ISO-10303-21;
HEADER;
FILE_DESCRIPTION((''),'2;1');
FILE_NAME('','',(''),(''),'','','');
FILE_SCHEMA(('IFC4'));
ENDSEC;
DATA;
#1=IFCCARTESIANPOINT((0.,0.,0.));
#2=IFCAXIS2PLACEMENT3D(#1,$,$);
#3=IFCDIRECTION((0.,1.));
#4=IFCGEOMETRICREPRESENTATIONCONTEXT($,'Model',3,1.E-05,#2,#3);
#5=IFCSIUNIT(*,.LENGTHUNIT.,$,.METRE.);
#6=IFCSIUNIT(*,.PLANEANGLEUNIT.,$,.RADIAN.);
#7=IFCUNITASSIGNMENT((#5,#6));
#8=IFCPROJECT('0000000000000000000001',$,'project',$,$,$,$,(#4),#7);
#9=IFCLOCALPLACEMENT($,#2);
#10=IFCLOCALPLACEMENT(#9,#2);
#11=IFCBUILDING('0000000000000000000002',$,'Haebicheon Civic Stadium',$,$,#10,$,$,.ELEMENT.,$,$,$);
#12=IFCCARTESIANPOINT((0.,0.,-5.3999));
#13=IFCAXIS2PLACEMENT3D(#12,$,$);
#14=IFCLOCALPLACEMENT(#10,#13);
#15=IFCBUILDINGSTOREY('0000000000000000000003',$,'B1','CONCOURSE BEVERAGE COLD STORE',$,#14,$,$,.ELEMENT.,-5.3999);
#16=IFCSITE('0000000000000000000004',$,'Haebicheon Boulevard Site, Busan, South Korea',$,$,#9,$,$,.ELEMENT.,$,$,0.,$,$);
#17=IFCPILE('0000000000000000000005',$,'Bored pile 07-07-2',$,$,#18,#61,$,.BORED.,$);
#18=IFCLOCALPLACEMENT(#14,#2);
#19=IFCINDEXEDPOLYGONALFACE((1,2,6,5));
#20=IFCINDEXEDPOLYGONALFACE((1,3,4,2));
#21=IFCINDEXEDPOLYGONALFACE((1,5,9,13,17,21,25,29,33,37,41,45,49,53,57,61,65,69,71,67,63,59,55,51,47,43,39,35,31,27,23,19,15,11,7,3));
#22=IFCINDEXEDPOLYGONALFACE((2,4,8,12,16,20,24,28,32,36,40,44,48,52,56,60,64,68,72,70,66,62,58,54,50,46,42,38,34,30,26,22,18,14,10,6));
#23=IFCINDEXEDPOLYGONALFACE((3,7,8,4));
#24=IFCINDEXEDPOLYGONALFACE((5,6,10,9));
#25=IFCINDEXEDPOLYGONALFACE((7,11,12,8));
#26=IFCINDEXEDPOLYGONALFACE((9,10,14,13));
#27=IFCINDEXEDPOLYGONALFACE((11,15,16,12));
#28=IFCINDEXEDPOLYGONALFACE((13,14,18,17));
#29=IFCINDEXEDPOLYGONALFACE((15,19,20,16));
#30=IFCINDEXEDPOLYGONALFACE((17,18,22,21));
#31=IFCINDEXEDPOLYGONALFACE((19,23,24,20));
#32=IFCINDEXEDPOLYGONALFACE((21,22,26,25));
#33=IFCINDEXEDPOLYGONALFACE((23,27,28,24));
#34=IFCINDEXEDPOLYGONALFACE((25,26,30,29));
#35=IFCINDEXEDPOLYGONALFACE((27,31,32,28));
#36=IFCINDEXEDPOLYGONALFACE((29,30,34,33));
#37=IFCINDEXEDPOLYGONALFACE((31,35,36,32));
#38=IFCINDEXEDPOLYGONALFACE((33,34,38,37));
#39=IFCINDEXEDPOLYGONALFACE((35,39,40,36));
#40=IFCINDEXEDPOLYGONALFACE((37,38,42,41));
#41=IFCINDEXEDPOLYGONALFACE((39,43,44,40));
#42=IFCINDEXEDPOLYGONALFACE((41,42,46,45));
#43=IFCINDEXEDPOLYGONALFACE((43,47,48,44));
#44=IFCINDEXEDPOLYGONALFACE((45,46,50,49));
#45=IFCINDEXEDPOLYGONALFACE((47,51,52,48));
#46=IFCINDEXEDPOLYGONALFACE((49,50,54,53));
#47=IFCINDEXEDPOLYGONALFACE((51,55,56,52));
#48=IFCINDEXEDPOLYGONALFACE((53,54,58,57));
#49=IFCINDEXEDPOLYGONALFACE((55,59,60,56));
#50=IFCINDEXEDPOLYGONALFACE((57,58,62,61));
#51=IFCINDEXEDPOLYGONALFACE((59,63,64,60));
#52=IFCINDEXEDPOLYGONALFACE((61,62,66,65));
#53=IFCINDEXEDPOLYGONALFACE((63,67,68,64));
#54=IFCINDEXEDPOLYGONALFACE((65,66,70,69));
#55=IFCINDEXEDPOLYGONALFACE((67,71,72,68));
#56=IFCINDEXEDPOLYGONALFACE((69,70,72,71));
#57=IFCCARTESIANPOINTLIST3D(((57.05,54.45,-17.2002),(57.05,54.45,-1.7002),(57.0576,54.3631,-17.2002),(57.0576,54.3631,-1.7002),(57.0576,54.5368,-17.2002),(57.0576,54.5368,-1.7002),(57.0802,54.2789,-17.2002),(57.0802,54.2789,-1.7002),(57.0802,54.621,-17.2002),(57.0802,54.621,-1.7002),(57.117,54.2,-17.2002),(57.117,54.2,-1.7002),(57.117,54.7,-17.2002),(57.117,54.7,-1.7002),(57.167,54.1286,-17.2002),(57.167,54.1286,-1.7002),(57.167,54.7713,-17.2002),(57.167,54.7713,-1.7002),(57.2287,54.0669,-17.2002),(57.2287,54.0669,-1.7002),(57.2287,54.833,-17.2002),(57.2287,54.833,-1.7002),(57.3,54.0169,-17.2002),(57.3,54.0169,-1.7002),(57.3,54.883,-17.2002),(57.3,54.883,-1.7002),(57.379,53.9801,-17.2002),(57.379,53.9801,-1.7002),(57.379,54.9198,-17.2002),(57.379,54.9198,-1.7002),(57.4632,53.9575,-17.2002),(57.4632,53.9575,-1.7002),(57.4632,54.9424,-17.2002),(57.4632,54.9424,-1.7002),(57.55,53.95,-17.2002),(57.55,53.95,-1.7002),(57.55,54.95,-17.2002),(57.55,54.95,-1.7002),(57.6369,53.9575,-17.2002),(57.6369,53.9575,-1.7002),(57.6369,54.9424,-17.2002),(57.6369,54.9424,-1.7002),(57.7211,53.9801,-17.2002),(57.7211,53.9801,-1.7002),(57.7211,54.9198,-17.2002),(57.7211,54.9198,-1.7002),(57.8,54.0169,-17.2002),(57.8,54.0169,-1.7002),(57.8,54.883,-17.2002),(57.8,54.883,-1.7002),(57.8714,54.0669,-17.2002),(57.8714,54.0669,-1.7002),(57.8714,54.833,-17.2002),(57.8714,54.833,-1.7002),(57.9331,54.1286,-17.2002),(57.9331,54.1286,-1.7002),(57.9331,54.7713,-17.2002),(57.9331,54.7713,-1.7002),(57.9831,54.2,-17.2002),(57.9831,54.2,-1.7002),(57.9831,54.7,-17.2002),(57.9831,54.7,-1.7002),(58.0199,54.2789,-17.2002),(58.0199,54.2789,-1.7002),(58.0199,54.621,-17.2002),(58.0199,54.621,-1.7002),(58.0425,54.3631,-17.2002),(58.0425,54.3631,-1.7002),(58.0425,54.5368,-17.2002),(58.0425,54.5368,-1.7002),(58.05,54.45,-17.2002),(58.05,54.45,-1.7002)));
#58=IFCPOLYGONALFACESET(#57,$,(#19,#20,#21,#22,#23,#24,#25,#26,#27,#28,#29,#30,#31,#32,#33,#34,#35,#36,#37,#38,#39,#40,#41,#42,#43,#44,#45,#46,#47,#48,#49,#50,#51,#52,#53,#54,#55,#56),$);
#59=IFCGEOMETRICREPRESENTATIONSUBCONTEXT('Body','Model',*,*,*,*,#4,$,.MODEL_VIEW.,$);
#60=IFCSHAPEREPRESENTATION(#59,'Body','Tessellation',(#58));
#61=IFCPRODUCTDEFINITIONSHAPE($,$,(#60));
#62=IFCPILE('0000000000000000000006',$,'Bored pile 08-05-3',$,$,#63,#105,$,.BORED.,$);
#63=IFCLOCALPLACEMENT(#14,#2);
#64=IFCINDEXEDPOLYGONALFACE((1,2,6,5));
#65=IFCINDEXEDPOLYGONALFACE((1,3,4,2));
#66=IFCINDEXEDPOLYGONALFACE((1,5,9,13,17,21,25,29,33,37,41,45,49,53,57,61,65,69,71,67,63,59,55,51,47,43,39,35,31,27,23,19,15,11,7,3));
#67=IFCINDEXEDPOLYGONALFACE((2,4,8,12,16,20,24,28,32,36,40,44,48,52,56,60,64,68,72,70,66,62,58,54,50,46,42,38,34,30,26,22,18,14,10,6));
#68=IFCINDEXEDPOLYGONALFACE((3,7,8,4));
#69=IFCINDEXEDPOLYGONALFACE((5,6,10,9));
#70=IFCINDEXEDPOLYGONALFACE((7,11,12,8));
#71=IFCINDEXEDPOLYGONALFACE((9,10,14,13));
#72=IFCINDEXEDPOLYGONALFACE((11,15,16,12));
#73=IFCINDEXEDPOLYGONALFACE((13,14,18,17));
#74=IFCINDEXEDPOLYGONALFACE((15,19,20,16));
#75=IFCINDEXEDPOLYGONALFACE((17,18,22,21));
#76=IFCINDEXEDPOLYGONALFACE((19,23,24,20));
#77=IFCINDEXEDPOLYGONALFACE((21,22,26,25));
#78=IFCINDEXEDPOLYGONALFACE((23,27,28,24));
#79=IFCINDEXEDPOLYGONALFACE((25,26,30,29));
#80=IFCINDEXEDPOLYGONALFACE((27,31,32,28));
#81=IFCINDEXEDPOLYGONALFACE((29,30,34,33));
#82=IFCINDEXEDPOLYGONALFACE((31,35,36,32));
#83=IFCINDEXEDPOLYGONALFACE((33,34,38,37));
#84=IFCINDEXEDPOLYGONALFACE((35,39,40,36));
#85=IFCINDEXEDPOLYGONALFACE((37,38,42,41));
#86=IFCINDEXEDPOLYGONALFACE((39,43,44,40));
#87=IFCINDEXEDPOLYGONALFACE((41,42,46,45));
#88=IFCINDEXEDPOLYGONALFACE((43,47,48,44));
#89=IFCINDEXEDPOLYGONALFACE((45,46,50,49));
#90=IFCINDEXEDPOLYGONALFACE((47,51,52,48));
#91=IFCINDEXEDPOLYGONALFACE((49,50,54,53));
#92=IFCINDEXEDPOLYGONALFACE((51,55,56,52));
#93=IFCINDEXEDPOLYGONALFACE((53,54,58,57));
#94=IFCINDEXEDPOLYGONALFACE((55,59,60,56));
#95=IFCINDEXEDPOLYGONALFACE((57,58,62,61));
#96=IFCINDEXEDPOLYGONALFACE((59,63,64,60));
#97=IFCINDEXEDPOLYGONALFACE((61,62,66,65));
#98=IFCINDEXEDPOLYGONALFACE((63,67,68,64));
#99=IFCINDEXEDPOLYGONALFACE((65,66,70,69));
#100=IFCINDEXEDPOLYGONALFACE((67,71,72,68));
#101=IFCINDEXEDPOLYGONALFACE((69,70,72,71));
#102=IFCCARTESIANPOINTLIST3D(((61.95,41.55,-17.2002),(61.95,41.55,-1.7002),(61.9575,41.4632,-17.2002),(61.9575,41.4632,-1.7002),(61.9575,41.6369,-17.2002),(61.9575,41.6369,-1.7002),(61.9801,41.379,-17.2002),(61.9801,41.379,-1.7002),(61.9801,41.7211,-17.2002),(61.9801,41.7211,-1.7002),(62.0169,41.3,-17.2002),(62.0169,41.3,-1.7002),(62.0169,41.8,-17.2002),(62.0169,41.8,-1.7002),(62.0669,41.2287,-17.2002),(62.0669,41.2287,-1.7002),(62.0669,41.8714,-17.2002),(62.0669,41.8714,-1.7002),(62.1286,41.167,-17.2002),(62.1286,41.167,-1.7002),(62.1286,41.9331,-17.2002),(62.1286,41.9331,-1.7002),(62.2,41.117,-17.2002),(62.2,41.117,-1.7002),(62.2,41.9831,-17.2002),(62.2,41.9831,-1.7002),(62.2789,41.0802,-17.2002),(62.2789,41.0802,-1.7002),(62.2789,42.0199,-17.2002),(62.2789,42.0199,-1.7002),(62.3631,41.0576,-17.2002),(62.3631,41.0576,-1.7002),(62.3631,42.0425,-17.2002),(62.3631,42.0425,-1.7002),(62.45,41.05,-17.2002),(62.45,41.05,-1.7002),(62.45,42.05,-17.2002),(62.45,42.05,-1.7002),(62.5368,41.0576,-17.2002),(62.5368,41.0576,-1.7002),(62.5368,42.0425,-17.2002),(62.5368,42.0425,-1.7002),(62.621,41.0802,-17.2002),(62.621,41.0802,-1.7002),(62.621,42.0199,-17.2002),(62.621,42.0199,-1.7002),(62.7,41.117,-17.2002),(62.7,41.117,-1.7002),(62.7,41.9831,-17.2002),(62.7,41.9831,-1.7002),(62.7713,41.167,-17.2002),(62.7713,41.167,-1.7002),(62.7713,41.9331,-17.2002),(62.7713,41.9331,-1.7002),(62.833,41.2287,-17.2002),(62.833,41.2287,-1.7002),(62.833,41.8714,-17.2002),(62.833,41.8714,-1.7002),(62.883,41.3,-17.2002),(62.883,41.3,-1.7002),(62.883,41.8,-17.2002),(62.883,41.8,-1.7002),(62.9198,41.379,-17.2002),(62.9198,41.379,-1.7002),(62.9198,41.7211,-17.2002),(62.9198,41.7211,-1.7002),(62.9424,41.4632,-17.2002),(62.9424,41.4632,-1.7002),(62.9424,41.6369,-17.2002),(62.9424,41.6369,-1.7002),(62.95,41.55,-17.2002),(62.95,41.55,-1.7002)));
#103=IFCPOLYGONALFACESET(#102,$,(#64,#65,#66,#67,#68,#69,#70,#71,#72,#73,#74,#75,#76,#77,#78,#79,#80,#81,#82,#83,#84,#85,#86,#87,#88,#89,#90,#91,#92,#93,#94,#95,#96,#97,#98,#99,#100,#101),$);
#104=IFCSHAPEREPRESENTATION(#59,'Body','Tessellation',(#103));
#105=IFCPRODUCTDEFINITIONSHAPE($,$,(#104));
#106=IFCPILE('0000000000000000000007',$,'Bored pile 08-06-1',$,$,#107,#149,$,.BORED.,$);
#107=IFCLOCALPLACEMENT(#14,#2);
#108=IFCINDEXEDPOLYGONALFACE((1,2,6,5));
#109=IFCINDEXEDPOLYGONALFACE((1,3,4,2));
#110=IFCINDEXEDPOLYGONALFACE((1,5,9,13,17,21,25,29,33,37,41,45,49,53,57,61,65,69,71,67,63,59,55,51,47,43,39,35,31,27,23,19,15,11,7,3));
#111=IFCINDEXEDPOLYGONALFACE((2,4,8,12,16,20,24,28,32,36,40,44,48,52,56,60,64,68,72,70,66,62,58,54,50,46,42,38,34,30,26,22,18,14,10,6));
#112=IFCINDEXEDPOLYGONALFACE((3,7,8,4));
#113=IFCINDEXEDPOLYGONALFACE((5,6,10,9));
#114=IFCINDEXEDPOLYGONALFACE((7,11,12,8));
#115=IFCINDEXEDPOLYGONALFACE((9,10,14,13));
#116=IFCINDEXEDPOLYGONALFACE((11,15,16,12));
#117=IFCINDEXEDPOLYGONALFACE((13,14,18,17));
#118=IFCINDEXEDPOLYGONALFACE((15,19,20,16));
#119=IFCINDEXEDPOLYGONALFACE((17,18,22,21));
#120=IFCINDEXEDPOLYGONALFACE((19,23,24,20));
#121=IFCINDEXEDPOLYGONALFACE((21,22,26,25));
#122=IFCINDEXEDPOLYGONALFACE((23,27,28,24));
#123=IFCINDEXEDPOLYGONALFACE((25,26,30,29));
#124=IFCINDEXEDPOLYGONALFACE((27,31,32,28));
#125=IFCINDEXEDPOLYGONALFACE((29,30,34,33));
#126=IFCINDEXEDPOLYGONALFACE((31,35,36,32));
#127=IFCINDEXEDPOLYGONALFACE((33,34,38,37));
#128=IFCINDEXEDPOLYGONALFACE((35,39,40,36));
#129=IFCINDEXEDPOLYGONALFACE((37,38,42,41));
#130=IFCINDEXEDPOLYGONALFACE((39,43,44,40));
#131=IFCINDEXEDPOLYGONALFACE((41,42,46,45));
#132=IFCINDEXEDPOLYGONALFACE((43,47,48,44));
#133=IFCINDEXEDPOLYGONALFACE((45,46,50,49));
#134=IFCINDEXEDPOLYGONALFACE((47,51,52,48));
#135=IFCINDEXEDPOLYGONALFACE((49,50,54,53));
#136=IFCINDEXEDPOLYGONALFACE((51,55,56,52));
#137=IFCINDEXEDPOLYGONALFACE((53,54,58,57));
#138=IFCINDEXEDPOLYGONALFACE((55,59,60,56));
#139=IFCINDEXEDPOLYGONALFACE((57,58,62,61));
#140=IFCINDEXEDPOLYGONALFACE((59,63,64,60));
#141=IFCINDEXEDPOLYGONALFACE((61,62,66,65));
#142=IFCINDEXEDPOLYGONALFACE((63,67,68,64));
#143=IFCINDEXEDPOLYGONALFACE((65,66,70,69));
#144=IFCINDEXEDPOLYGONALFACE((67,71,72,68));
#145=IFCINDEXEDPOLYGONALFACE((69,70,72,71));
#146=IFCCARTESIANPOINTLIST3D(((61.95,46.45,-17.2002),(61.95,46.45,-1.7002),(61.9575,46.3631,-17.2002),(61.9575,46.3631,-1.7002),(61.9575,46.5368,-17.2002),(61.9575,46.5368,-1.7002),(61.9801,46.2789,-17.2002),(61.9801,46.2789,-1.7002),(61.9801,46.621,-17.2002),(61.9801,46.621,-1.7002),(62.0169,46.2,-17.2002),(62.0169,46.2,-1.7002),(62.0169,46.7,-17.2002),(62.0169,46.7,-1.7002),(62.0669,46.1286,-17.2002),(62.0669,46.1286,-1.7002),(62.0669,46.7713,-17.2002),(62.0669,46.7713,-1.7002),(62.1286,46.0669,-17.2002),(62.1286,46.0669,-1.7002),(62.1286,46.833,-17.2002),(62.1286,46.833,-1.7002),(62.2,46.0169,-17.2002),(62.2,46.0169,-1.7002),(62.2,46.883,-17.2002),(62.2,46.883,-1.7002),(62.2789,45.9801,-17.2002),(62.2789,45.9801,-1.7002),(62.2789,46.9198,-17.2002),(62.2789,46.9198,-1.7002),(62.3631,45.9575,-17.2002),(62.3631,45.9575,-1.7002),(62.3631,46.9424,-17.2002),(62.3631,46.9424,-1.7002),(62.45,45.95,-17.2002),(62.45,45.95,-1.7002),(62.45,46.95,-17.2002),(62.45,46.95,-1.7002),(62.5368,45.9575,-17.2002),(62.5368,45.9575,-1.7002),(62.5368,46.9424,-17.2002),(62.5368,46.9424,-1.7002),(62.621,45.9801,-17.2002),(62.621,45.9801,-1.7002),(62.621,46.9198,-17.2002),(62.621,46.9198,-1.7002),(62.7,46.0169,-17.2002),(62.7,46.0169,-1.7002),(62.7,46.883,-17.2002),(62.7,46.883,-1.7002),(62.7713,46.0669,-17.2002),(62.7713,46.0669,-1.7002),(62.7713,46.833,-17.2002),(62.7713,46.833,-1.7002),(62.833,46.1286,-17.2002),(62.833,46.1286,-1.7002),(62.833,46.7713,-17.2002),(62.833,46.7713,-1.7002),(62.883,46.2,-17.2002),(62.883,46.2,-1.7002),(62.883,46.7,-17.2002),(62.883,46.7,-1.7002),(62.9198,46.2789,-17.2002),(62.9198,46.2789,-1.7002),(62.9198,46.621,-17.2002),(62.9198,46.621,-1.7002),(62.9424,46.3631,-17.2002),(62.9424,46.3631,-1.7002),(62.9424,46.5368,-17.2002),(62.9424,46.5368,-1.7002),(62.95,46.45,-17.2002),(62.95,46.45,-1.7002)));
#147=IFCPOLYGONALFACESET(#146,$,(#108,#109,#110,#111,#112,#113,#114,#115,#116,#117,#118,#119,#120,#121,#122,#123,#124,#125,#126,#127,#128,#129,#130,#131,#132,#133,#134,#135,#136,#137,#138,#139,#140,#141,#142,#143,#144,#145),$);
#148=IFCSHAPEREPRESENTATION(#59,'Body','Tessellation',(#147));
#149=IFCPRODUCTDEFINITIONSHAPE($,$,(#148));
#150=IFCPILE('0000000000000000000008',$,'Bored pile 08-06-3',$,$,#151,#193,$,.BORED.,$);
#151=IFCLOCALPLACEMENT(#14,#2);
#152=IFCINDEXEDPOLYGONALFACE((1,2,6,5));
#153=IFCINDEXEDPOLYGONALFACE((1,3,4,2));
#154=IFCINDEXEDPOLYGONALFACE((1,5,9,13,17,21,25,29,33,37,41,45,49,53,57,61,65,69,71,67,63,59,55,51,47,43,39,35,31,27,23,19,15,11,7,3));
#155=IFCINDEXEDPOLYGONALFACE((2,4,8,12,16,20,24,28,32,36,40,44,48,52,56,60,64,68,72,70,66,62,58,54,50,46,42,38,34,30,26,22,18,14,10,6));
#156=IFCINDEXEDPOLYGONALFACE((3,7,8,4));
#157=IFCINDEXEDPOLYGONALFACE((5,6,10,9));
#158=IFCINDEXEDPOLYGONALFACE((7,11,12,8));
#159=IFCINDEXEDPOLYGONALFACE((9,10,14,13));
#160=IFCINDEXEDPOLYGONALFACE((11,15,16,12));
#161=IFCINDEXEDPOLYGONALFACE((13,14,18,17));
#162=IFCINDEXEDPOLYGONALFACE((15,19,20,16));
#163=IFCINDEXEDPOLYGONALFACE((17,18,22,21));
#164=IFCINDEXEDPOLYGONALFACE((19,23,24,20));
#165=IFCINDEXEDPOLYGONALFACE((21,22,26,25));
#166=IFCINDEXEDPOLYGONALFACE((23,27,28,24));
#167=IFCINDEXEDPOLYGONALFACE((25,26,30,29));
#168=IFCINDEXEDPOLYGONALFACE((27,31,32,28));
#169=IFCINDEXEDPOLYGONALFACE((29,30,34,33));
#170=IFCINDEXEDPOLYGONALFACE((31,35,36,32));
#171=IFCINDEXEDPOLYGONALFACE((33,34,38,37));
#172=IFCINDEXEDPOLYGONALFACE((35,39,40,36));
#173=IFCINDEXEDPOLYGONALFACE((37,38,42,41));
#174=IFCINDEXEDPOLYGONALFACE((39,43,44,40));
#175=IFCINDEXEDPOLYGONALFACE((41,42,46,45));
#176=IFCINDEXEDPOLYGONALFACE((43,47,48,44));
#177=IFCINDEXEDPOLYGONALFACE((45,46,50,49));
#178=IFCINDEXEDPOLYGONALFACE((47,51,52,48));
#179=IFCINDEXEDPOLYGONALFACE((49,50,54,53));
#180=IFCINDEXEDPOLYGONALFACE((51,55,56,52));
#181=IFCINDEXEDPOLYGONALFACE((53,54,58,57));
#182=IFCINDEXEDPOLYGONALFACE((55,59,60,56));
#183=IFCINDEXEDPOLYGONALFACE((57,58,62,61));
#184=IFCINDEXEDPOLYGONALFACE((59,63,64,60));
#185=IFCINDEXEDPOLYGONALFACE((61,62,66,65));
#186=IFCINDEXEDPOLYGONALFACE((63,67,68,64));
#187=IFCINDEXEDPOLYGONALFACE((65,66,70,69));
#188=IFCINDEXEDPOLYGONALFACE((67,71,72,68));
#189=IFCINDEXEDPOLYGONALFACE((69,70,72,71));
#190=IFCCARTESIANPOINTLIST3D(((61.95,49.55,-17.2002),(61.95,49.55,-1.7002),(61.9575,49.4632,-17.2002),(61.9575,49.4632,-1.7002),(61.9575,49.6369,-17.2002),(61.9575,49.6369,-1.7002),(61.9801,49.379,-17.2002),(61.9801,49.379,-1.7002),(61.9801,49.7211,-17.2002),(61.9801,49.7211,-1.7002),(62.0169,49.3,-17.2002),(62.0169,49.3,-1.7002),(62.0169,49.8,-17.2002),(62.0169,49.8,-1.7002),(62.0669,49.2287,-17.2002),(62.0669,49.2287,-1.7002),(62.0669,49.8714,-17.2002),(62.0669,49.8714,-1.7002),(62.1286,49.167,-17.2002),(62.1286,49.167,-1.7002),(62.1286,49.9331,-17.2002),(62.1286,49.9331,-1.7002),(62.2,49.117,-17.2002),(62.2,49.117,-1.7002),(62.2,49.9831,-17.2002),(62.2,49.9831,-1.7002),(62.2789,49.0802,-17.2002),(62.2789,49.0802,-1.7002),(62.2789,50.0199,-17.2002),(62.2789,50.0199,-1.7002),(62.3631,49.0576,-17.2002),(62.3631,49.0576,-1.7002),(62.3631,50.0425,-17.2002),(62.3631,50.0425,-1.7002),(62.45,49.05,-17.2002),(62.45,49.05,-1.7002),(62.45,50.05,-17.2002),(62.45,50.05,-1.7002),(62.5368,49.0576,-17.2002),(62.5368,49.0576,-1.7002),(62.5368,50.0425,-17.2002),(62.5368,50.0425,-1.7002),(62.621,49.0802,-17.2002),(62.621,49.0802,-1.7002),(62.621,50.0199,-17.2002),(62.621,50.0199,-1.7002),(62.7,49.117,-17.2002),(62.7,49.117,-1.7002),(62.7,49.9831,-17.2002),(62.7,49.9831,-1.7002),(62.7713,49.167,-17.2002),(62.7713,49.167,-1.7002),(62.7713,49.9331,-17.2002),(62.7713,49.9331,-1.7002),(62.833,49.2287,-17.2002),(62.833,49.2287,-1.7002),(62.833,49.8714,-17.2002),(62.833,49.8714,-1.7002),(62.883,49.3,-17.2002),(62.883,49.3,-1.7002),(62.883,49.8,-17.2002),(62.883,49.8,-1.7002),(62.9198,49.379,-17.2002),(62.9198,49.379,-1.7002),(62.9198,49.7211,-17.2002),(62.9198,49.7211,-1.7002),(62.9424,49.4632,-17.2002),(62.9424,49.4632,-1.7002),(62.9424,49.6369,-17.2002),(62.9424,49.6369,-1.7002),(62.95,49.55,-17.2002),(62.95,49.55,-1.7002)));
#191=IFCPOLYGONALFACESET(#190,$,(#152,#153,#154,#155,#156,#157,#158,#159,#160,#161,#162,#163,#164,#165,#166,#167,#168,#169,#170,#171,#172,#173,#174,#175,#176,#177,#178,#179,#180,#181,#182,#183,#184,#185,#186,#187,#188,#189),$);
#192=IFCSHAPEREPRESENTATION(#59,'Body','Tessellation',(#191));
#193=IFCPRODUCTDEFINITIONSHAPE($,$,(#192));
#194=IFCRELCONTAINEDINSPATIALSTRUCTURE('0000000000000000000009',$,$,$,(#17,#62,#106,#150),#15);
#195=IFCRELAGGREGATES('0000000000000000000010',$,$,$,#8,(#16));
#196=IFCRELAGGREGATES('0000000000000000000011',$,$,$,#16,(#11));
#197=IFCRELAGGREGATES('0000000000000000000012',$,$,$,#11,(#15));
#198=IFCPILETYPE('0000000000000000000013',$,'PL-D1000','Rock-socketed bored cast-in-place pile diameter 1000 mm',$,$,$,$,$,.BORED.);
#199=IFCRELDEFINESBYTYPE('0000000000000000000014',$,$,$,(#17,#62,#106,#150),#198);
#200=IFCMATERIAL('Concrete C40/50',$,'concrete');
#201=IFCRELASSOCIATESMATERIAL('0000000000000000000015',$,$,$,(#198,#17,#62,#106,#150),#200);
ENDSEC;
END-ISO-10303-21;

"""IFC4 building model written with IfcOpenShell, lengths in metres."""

from ifc_helpers import new_model, si_unit, direction, frame, origin, origin_2d, place, context, subcontext, project, spatial, circle, extrude, material, material_profile, profile_set, type_object, element, save


model = new_model("IFC4")

# Units and contexts
model_context = context("Model", 3, precision=1e-05, world=origin(), true_north=direction((0.0, 1.0)))
body_context = subcontext(model_context, "Body", "Model", "MODEL_VIEW")
ifc_project = project(units=[si_unit("LENGTHUNIT", "METRE"), si_unit("PLANEANGLEUNIT", "RADIAN")], contexts=[model_context])

# Site, building, storey
site_placement = place(None, origin())
site = spatial("IfcSite", under=ifc_project, at=site_placement, Name="Haebicheon Boulevard Site, Busan, South Korea", CompositionType="ELEMENT", RefElevation=0.0)
building_placement = place(site_placement, origin())
building = spatial("IfcBuilding", under=site, at=building_placement, Name="Haebicheon Civic Stadium", CompositionType="ELEMENT")
storey_placement = place(building_placement, frame((0.0, 0.0, -5.3999)))
storey = spatial("IfcBuildingStorey", under=building, at=storey_placement, Name="B1", Description="CONCOURSE BEVERAGE COLD STORE", CompositionType="ELEMENT", Elevation=-5.3999)

# Piles
ifc_material_1 = material(Name="Concrete C40/50", Category="concrete")
ifc_material_profile_1 = material_profile(ifc_material_1, circle(Radius=0.5, at=origin_2d()), Name="PILE-D1000")
ifc_profile_set_1 = profile_set([ifc_material_profile_1], Name="Concrete C40/50")
pile_type = type_object("IfcPileType", Name="PL-D1000", Description="Rock-socketed bored cast-in-place pile diameter 1000 mm", PredefinedType="BORED", material=ifc_profile_set_1)
for number, where, z_axis, x_axis, name in (
    (1, (57.55, 54.45, -1.7002), (0.0, 0.0, -1.0), (1.0, 0.0, 0.0), "Bored pile 07-07-2"),
    (2, (62.45, 41.55, -1.7002), (0.0, 0.0, -1.0), (1.0, 0.0, 0.0), "Bored pile 08-05-3"),
    (3, (62.45, 46.45, -1.7002), (0.0, 0.0, -1.0), (1.0, 0.0, 0.0), "Bored pile 08-06-1"),
    (4, (62.45, 49.55, -1.7002), (0.0, 0.0, -1.0), (1.0, 0.0, 0.0), "Bored pile 08-06-3"),
):
    element("IfcPile", number, at=place(storey_placement, frame(where, z_axis=z_axis, x_axis=x_axis)), inside=storey, type_object=pile_type, material=ifc_profile_set_1, Name=name, PredefinedType="BORED", context=body_context, shape_type="SweptSolid", body=[
        extrude(circle(Radius=0.5, at=origin_2d()), origin(), (0.0, 0.0, 1.0), 15.5),
    ])

save(model, "model.ifc")
